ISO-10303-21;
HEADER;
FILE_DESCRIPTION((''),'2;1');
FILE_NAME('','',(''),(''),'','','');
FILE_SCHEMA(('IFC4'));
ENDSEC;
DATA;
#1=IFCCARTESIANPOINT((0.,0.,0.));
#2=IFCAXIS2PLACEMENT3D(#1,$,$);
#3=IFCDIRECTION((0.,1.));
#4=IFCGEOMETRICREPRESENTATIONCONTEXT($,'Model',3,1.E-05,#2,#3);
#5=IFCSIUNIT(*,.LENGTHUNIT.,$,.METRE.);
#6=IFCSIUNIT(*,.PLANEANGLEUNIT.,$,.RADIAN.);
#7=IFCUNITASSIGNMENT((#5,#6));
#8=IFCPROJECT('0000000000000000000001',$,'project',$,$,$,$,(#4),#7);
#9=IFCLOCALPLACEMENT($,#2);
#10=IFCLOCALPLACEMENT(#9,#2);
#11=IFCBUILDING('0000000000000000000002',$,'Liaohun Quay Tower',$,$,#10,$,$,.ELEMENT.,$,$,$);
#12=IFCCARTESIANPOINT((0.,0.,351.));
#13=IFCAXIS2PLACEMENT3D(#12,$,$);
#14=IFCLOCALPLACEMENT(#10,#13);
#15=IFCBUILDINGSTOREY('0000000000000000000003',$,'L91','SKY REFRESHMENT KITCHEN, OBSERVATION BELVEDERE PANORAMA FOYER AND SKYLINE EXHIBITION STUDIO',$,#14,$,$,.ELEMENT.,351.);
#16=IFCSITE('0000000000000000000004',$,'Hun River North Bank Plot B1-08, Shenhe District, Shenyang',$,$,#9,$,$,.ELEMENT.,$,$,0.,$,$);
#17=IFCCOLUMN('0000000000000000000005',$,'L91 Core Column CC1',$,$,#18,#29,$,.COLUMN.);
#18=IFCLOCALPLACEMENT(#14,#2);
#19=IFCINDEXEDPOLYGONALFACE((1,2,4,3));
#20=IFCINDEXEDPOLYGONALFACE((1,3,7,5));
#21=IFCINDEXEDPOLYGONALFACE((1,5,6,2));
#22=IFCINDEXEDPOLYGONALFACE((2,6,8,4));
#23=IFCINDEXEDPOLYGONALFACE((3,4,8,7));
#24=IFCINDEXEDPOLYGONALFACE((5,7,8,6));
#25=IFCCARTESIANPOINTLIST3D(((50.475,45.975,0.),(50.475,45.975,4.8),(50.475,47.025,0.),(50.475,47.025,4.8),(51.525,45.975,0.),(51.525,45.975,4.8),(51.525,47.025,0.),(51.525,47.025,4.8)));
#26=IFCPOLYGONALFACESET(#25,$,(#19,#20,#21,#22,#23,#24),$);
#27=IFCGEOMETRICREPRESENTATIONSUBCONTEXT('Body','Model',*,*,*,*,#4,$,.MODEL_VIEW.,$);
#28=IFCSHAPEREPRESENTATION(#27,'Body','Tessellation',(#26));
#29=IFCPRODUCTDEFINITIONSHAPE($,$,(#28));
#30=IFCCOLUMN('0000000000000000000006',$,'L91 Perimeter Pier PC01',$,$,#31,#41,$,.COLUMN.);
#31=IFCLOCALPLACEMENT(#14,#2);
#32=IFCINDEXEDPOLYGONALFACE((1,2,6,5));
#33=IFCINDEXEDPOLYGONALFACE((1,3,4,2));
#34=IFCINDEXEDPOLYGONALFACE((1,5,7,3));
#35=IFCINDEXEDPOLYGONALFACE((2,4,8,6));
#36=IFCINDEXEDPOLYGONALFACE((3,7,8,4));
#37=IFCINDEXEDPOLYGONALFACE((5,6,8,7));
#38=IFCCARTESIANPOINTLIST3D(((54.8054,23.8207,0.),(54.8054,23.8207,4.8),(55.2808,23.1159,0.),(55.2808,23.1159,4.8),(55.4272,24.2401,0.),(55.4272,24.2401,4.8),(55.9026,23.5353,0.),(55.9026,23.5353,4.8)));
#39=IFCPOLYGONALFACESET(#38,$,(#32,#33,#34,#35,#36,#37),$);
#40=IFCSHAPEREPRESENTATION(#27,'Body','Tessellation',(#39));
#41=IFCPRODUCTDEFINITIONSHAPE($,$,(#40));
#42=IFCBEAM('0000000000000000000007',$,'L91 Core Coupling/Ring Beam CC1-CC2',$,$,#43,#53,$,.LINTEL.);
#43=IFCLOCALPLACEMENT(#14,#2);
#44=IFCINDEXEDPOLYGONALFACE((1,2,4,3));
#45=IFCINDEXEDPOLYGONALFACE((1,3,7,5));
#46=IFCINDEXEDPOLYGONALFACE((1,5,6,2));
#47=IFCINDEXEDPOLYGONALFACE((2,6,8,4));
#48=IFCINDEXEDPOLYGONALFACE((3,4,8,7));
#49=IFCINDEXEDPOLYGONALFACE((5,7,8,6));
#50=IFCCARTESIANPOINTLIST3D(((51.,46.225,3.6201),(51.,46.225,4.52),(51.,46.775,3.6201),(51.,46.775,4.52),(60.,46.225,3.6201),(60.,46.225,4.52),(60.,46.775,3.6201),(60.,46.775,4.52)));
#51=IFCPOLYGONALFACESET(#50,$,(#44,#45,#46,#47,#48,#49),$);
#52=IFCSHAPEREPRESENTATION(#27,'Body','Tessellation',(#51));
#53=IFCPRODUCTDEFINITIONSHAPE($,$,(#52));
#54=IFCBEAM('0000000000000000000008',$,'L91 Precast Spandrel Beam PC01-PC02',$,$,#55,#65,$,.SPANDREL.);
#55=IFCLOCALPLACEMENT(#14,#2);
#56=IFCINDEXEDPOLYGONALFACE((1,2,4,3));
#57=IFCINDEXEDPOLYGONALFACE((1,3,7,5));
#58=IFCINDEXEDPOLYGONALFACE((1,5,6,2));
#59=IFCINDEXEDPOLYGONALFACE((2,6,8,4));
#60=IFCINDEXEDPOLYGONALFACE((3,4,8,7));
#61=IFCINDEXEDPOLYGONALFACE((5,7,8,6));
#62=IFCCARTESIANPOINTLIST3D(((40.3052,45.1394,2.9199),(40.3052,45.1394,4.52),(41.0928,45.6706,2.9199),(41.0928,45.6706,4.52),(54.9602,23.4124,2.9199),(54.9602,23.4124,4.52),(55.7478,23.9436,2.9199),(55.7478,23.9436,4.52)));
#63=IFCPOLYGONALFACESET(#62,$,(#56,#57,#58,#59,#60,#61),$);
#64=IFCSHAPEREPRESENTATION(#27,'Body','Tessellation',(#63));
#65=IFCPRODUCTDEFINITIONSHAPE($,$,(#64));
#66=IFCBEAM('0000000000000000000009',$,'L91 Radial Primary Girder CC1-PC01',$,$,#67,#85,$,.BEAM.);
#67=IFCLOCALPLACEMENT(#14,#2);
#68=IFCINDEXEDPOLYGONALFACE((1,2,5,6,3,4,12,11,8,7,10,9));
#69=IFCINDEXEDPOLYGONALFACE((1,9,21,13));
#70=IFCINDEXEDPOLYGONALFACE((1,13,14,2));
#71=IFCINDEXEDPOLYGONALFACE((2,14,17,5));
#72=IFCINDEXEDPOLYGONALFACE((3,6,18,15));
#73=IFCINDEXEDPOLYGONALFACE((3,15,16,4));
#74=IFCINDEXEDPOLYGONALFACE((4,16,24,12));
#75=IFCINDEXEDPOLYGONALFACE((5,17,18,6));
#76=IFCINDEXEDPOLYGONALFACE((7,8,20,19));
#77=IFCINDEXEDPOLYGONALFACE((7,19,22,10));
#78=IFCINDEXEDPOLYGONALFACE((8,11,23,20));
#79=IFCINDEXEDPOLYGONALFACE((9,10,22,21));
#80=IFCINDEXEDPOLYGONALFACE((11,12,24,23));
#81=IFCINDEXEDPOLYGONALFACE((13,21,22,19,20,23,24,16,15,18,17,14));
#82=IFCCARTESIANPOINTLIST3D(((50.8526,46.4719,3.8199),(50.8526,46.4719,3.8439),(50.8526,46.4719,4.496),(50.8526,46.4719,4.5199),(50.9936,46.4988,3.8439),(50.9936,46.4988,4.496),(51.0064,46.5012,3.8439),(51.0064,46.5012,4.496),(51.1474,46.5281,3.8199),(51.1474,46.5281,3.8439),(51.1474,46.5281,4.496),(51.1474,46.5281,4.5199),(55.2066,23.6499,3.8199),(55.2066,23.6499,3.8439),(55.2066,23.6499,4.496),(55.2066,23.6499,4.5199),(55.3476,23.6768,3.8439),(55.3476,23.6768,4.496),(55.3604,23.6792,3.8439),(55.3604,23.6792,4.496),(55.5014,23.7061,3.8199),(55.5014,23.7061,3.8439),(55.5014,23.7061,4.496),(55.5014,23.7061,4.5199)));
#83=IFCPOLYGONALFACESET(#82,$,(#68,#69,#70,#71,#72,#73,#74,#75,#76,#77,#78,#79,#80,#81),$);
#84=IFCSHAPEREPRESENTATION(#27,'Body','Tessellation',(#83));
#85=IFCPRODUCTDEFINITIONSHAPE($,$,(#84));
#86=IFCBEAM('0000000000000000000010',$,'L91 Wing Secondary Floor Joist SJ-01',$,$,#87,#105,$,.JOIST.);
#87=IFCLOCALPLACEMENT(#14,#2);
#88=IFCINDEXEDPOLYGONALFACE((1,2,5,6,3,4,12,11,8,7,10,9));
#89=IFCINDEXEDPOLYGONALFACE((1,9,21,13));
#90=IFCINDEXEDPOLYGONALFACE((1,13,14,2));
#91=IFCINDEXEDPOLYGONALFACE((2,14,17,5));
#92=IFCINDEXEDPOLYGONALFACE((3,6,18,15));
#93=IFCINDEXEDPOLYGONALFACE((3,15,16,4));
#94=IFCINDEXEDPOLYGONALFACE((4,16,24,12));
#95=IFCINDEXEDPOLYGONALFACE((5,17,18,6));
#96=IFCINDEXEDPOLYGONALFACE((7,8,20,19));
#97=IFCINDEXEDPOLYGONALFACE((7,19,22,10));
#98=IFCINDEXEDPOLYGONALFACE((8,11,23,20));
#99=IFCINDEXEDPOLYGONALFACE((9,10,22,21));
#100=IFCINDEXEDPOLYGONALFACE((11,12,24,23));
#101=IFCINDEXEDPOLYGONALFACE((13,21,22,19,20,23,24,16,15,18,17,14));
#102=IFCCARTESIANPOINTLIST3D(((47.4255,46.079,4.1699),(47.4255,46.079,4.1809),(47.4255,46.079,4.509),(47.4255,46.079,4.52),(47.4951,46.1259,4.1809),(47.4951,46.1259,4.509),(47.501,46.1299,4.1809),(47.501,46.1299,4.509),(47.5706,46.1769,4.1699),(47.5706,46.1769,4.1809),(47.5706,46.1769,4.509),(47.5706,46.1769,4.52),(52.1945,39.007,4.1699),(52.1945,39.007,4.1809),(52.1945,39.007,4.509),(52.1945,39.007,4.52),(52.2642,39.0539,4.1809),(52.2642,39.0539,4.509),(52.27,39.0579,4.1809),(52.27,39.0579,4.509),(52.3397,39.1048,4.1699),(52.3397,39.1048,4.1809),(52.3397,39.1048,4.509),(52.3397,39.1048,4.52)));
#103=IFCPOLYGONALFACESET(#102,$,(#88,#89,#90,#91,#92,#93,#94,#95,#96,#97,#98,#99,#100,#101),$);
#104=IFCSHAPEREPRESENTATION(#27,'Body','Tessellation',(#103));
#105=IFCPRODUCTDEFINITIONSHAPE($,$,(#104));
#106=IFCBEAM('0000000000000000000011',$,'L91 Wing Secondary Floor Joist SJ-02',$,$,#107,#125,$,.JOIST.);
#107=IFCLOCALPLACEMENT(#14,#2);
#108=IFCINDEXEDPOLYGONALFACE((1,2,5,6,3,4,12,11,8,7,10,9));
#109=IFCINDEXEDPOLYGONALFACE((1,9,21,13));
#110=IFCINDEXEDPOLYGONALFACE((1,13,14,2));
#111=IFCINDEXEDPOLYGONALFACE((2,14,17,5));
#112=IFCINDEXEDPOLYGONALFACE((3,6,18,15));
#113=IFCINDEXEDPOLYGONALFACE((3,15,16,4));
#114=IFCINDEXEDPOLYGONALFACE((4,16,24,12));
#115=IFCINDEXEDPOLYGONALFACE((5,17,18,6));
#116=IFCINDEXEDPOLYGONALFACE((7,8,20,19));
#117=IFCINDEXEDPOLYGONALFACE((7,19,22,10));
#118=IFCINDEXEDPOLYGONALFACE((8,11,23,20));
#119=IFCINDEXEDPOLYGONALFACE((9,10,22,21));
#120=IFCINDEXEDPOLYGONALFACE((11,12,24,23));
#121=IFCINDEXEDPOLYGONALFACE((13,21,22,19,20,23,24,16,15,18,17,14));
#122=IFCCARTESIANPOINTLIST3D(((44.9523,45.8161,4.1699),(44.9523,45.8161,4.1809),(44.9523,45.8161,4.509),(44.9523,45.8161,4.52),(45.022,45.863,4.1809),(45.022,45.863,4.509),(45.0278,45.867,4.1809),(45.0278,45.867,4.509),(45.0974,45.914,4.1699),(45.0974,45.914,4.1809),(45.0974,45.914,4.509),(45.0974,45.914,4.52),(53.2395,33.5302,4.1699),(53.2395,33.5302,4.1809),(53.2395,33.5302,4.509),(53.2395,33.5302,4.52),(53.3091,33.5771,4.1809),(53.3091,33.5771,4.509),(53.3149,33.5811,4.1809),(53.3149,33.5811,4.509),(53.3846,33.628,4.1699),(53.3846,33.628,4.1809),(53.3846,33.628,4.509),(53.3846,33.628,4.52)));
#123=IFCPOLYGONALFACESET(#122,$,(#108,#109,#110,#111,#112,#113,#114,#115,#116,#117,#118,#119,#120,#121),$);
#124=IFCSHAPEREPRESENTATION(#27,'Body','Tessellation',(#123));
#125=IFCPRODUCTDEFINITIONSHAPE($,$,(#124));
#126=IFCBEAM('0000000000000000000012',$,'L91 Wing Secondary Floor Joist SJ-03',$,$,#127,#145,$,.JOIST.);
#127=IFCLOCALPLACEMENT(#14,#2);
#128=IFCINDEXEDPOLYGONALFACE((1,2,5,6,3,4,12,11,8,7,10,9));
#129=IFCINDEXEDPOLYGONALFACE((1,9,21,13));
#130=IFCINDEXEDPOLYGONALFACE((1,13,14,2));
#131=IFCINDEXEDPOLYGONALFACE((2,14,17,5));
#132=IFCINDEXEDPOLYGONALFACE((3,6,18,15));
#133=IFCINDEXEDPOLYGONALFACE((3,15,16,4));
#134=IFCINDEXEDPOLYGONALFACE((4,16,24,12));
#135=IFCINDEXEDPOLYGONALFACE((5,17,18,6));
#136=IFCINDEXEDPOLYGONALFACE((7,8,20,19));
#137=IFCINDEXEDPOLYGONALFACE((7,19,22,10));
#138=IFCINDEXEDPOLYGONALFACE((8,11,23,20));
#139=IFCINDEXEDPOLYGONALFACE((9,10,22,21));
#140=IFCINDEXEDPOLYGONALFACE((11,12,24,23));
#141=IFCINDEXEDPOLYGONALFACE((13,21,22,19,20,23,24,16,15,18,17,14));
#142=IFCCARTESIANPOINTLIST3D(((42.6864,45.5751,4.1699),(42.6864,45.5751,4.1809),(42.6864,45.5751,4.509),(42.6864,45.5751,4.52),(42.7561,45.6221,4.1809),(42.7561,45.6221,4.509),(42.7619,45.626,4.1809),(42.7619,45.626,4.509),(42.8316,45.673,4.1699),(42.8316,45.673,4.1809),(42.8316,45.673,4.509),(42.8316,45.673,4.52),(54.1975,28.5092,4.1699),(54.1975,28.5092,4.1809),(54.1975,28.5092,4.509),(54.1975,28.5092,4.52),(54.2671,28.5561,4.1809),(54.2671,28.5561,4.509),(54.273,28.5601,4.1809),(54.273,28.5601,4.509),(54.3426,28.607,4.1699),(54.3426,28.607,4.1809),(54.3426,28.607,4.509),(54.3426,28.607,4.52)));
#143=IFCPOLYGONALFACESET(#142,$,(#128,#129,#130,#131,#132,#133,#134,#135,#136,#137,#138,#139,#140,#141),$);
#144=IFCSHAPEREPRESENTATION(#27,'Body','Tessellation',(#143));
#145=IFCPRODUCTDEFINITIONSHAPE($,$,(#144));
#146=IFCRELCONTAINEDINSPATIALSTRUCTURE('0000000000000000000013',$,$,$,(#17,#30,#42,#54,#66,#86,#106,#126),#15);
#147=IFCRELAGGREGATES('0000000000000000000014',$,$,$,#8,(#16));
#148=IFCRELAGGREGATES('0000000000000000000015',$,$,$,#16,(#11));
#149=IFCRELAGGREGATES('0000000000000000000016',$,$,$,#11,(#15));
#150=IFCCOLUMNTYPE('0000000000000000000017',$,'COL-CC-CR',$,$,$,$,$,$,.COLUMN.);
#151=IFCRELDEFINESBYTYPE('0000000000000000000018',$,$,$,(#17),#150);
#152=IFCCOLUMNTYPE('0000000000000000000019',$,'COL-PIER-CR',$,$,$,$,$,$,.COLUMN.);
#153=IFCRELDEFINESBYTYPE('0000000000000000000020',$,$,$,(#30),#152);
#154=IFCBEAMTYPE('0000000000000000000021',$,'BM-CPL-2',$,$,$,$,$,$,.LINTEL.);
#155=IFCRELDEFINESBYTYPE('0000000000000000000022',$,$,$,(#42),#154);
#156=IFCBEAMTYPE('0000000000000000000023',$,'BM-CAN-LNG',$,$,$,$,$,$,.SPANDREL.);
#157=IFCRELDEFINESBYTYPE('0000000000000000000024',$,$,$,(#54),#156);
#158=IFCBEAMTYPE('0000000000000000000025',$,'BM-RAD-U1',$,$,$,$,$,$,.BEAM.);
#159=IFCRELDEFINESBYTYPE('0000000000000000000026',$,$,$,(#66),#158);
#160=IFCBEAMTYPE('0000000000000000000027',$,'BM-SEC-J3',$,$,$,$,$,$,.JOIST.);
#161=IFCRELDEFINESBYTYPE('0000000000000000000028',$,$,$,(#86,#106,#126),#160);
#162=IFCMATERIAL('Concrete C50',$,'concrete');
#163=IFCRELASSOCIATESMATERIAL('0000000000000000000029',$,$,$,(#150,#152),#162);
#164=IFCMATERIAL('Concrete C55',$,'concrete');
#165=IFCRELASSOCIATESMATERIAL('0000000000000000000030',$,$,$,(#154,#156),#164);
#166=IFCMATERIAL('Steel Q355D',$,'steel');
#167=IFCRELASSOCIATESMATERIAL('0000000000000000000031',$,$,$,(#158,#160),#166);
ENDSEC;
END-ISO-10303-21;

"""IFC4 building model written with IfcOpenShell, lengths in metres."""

from ifc_helpers import new_model, si_unit, direction, frame, origin, origin_2d, place, context, subcontext, project, spatial, rectangle, i_section, extrude, source, transform, mapped, material, material_profile, profile_set, type_object, element, save


model = new_model("IFC4")

# Units and contexts
model_context = context("Model", 3, precision=1e-05, world=origin(), true_north=direction((0.0, 1.0)))
body_context = subcontext(model_context, "Body", "Model", "MODEL_VIEW")
ifc_project = project(units=[si_unit("LENGTHUNIT", "METRE"), si_unit("PLANEANGLEUNIT", "RADIAN")], contexts=[model_context])

# Site, building, storey
site_placement = place(None, origin())
site = spatial("IfcSite", under=ifc_project, at=site_placement, Name="Hun River North Bank Plot B1-08, Shenhe District, Shenyang", CompositionType="ELEMENT", RefElevation=0.0)
building_placement = place(site_placement, origin())
building = spatial("IfcBuilding", under=site, at=building_placement, Name="Liaohun Quay Tower", CompositionType="ELEMENT")
storey_placement = place(building_placement, frame((0.0, 0.0, 351.0)))
storey = spatial("IfcBuildingStorey", under=building, at=storey_placement, Name="L91", Description="SKY REFRESHMENT KITCHEN, OBSERVATION BELVEDERE PANORAMA FOYER AND SKYLINE EXHIBITION STUDIO", CompositionType="ELEMENT", Elevation=351.0)

# Columns
ifc_material_1 = material(Name="Concrete C50", Category="concrete")
ifc_material_profile_1 = material_profile(ifc_material_1, rectangle(XDim=1.05, YDim=1.05, at=origin_2d()), Name="RC1050x1050")
ifc_profile_set_1 = profile_set([ifc_material_profile_1], Name="Concrete C50")
column_type_1 = type_object("IfcColumnType", Name="COL-CC-CR", PredefinedType="COLUMN", material=ifc_profile_set_1)
shared_shape_1 = source(origin(), body_context, "Body", "SweptSolid", [
    extrude(rectangle(XDim=1.05, YDim=1.05, at=origin_2d()), origin(), (0.0, 0.0, 1.0), 4.8),
])
column_1_placement = place(storey_placement, frame((51.0, 46.5, 0.0), z_axis=(0.0, 0.0, 1.0), x_axis=(1.0, 0.0, 0.0)))
element("IfcColumn", 1, at=column_1_placement, inside=storey, type_object=column_type_1, Name="L91 Core Column CC1", PredefinedType="COLUMN", context=body_context, shape_type="MappedRepresentation", body=[
    mapped(shared_shape_1, transform((0.0, 0.0, 0.0), x_axis=(1.0, 0.0, 0.0), y_axis=(0.0, 1.0, 0.0), z_axis=(0.0, 0.0, 1.0), scale=1.0)),
])
ifc_material_profile_2 = material_profile(ifc_material_1, rectangle(XDim=0.8501, YDim=0.75, at=origin_2d()), Name="RC850x750")
ifc_profile_set_2 = profile_set([ifc_material_profile_2], Name="Concrete C50")
column_type_2 = type_object("IfcColumnType", Name="COL-PIER-CR", PredefinedType="COLUMN", material=ifc_profile_set_2)
shared_shape_2 = source(origin(), body_context, "Body", "SweptSolid", [
    extrude(rectangle(XDim=0.8501, YDim=0.75, at=origin_2d()), origin(), (0.0, 0.0, 1.0), 4.8),
])
column_2_placement = place(storey_placement, frame((55.354, 23.678, 0.0), z_axis=(0.0, 0.0, 1.0), x_axis=(-0.559193, 0.829038, 0.0)))
element("IfcColumn", 2, at=column_2_placement, inside=storey, type_object=column_type_2, Name="L91 Perimeter Pier PC01", PredefinedType="COLUMN", context=body_context, shape_type="MappedRepresentation", body=[
    mapped(shared_shape_2, transform((0.0, 0.0, 0.0), x_axis=(1.0, 0.0, 0.0), y_axis=(0.0, 1.0, 0.0), z_axis=(0.0, 0.0, 1.0), scale=1.0)),
])

# Beams
ifc_material_2 = material(Name="Concrete C55", Category="concrete")
ifc_material_profile_3 = material_profile(ifc_material_2, rectangle(XDim=0.55, YDim=0.8999, at=origin_2d()), Name="RC550x900")
ifc_profile_set_3 = profile_set([ifc_material_profile_3], Name="Concrete C55")
beam_type_1 = type_object("IfcBeamType", Name="BM-CPL-2", PredefinedType="LINTEL", material=ifc_profile_set_3)
shared_shape_3 = source(origin(), body_context, "Body", "SweptSolid", [
    extrude(rectangle(XDim=0.55, YDim=0.8999, at=origin_2d()), origin(), (0.0, 0.0, 1.0), 9.0),
])
beam_1_placement = place(storey_placement, frame((51.0, 46.5, 4.0701), z_axis=(1.0, 0.0, 0.0), x_axis=(0.0, 1.0, 0.0)))
element("IfcBeam", 3, at=beam_1_placement, inside=storey, type_object=beam_type_1, Name="L91 Core Coupling/Ring Beam CC1-CC2", PredefinedType="LINTEL", context=body_context, shape_type="MappedRepresentation", body=[
    mapped(shared_shape_3, transform((0.0, 0.0, 0.0), x_axis=(1.0, 0.0, 0.0), y_axis=(0.0, 1.0, 0.0), z_axis=(0.0, 0.0, 1.0), scale=1.0)),
])
ifc_material_profile_4 = material_profile(ifc_material_2, rectangle(XDim=0.95, YDim=1.6001, at=origin_2d()), Name="RC950x1600")
ifc_profile_set_4 = profile_set([ifc_material_profile_4], Name="Concrete C55")
beam_type_2 = type_object("IfcBeamType", Name="BM-CAN-LNG", PredefinedType="SPANDREL", material=ifc_profile_set_4)
shared_shape_4 = source(origin(), body_context, "Body", "SweptSolid", [
    extrude(rectangle(XDim=0.95, YDim=1.6001, at=origin_2d()), origin(), (0.0, 0.0, 1.0), 26.2075),
])
beam_2_placement = place(storey_placement, frame((55.354, 23.678, 3.72), z_axis=(-0.559192, 0.829038, 0.0), x_axis=(-0.829038, -0.559192, 0.0)))
element("IfcBeam", 4, at=beam_2_placement, inside=storey, type_object=beam_type_2, Name="L91 Precast Spandrel Beam PC01-PC02", PredefinedType="SPANDREL", context=body_context, shape_type="MappedRepresentation", body=[
    mapped(shared_shape_4, transform((0.0, 0.0, 0.0), x_axis=(1.0, 0.0, 0.0), y_axis=(0.0, 1.0, 0.0), z_axis=(0.0, 0.0, 1.0), scale=1.0)),
])
ifc_material_3 = material(Name="Steel Q355D", Category="steel")
ifc_material_profile_5 = material_profile(ifc_material_3, i_section(OverallWidth=0.3, OverallDepth=0.7, WebThickness=0.0129, FlangeThickness=0.0239, at=origin_2d()), Name="HN700x300x13x24")
ifc_profile_set_5 = profile_set([ifc_material_profile_5], Name="Steel Q355D")
beam_type_3 = type_object("IfcBeamType", Name="BM-RAD-U1", PredefinedType="BEAM", material=ifc_profile_set_5)
shared_shape_5 = source(origin(), body_context, "Body", "SweptSolid", [
    extrude(i_section(OverallWidth=0.3, OverallDepth=0.7, WebThickness=0.0129, FlangeThickness=0.0239, at=origin_2d()), origin(), (0.0, 0.0, 1.0), 23.2336),
])
beam_3_placement = place(storey_placement, frame((51.0, 46.5, 4.1699), z_axis=(0.187401, -0.982284, 0.0), x_axis=(0.982284, 0.187401, 0.0)))
element("IfcBeam", 5, at=beam_3_placement, inside=storey, type_object=beam_type_3, Name="L91 Radial Primary Girder CC1-PC01", PredefinedType="BEAM", context=body_context, shape_type="MappedRepresentation", body=[
    mapped(shared_shape_5, transform((0.0, 0.0, 0.0), x_axis=(1.0, 0.0, 0.0), y_axis=(0.0, 1.0, 0.0), z_axis=(0.0, 0.0, 1.0), scale=1.0)),
])
ifc_material_profile_6 = material_profile(ifc_material_3, i_section(OverallWidth=0.175, OverallDepth=0.3501, WebThickness=0.0071, FlangeThickness=0.011, at=origin_2d()), Name="HN350x175x7x11")
ifc_profile_set_6 = profile_set([ifc_material_profile_6], Name="Steel Q355D")
beam_type_4 = type_object("IfcBeamType", Name="BM-SEC-J3", PredefinedType="JOIST", material=ifc_profile_set_6)
shared_shape_6 = source(origin(), body_context, "Body", "SweptSolid", [
    extrude(i_section(OverallWidth=0.175, OverallDepth=0.3501, WebThickness=0.0071, FlangeThickness=0.011, at=origin_2d()), origin(), (0.0, 0.0, 1.0), 8.5298),
])
beam_4_placement = place(storey_placement, frame((52.2671, 39.0559, 4.345), z_axis=(-0.559105, 0.829097, 0.0), x_axis=(-0.829097, -0.559105, 0.0)))
element("IfcBeam", 6, at=beam_4_placement, inside=storey, type_object=beam_type_4, Name="L91 Wing Secondary Floor Joist SJ-01", PredefinedType="JOIST", context=body_context, shape_type="MappedRepresentation", body=[
    mapped(shared_shape_6, transform((0.0, 0.0, 0.0), x_axis=(1.0, 0.0, 0.0), y_axis=(0.0, 1.0, 0.0), z_axis=(0.0, 0.0, 1.0), scale=1.0)),
])
shared_shape_7 = source(origin(), body_context, "Body", "SweptSolid", [
    extrude(i_section(OverallWidth=0.175, OverallDepth=0.3501, WebThickness=0.0071, FlangeThickness=0.011, at=origin_2d()), origin(), (0.0, 0.0, 1.0), 14.8196),
])
beam_5_placement = place(storey_placement, frame((53.312, 33.5791, 4.345), z_axis=(-0.559201, 0.829032, 0.0), x_axis=(-0.829032, -0.559201, 0.0)))
element("IfcBeam", 7, at=beam_5_placement, inside=storey, type_object=beam_type_4, Name="L91 Wing Secondary Floor Joist SJ-02", PredefinedType="JOIST", context=body_context, shape_type="MappedRepresentation", body=[
    mapped(shared_shape_7, transform((0.0, 0.0, 0.0), x_axis=(1.0, 0.0, 0.0), y_axis=(0.0, 1.0, 0.0), z_axis=(0.0, 0.0, 1.0), scale=1.0)),
])
shared_shape_8 = source(origin(), body_context, "Body", "SweptSolid", [
    extrude(i_section(OverallWidth=0.175, OverallDepth=0.3501, WebThickness=0.0071, FlangeThickness=0.011, at=origin_2d()), origin(), (0.0, 0.0, 1.0), 20.5852),
])
beam_6_placement = place(storey_placement, frame((54.27, 28.5581, 4.345), z_axis=(-0.559189, 0.82904, 0.0), x_axis=(-0.82904, -0.559189, 0.0)))
element("IfcBeam", 8, at=beam_6_placement, inside=storey, type_object=beam_type_4, Name="L91 Wing Secondary Floor Joist SJ-03", PredefinedType="JOIST", context=body_context, shape_type="MappedRepresentation", body=[
    mapped(shared_shape_8, transform((0.0, 0.0, 0.0), x_axis=(1.0, 0.0, 0.0), y_axis=(0.0, 1.0, 0.0), z_axis=(0.0, 0.0, 1.0), scale=1.0)),
])

save(model, "model.ifc")
